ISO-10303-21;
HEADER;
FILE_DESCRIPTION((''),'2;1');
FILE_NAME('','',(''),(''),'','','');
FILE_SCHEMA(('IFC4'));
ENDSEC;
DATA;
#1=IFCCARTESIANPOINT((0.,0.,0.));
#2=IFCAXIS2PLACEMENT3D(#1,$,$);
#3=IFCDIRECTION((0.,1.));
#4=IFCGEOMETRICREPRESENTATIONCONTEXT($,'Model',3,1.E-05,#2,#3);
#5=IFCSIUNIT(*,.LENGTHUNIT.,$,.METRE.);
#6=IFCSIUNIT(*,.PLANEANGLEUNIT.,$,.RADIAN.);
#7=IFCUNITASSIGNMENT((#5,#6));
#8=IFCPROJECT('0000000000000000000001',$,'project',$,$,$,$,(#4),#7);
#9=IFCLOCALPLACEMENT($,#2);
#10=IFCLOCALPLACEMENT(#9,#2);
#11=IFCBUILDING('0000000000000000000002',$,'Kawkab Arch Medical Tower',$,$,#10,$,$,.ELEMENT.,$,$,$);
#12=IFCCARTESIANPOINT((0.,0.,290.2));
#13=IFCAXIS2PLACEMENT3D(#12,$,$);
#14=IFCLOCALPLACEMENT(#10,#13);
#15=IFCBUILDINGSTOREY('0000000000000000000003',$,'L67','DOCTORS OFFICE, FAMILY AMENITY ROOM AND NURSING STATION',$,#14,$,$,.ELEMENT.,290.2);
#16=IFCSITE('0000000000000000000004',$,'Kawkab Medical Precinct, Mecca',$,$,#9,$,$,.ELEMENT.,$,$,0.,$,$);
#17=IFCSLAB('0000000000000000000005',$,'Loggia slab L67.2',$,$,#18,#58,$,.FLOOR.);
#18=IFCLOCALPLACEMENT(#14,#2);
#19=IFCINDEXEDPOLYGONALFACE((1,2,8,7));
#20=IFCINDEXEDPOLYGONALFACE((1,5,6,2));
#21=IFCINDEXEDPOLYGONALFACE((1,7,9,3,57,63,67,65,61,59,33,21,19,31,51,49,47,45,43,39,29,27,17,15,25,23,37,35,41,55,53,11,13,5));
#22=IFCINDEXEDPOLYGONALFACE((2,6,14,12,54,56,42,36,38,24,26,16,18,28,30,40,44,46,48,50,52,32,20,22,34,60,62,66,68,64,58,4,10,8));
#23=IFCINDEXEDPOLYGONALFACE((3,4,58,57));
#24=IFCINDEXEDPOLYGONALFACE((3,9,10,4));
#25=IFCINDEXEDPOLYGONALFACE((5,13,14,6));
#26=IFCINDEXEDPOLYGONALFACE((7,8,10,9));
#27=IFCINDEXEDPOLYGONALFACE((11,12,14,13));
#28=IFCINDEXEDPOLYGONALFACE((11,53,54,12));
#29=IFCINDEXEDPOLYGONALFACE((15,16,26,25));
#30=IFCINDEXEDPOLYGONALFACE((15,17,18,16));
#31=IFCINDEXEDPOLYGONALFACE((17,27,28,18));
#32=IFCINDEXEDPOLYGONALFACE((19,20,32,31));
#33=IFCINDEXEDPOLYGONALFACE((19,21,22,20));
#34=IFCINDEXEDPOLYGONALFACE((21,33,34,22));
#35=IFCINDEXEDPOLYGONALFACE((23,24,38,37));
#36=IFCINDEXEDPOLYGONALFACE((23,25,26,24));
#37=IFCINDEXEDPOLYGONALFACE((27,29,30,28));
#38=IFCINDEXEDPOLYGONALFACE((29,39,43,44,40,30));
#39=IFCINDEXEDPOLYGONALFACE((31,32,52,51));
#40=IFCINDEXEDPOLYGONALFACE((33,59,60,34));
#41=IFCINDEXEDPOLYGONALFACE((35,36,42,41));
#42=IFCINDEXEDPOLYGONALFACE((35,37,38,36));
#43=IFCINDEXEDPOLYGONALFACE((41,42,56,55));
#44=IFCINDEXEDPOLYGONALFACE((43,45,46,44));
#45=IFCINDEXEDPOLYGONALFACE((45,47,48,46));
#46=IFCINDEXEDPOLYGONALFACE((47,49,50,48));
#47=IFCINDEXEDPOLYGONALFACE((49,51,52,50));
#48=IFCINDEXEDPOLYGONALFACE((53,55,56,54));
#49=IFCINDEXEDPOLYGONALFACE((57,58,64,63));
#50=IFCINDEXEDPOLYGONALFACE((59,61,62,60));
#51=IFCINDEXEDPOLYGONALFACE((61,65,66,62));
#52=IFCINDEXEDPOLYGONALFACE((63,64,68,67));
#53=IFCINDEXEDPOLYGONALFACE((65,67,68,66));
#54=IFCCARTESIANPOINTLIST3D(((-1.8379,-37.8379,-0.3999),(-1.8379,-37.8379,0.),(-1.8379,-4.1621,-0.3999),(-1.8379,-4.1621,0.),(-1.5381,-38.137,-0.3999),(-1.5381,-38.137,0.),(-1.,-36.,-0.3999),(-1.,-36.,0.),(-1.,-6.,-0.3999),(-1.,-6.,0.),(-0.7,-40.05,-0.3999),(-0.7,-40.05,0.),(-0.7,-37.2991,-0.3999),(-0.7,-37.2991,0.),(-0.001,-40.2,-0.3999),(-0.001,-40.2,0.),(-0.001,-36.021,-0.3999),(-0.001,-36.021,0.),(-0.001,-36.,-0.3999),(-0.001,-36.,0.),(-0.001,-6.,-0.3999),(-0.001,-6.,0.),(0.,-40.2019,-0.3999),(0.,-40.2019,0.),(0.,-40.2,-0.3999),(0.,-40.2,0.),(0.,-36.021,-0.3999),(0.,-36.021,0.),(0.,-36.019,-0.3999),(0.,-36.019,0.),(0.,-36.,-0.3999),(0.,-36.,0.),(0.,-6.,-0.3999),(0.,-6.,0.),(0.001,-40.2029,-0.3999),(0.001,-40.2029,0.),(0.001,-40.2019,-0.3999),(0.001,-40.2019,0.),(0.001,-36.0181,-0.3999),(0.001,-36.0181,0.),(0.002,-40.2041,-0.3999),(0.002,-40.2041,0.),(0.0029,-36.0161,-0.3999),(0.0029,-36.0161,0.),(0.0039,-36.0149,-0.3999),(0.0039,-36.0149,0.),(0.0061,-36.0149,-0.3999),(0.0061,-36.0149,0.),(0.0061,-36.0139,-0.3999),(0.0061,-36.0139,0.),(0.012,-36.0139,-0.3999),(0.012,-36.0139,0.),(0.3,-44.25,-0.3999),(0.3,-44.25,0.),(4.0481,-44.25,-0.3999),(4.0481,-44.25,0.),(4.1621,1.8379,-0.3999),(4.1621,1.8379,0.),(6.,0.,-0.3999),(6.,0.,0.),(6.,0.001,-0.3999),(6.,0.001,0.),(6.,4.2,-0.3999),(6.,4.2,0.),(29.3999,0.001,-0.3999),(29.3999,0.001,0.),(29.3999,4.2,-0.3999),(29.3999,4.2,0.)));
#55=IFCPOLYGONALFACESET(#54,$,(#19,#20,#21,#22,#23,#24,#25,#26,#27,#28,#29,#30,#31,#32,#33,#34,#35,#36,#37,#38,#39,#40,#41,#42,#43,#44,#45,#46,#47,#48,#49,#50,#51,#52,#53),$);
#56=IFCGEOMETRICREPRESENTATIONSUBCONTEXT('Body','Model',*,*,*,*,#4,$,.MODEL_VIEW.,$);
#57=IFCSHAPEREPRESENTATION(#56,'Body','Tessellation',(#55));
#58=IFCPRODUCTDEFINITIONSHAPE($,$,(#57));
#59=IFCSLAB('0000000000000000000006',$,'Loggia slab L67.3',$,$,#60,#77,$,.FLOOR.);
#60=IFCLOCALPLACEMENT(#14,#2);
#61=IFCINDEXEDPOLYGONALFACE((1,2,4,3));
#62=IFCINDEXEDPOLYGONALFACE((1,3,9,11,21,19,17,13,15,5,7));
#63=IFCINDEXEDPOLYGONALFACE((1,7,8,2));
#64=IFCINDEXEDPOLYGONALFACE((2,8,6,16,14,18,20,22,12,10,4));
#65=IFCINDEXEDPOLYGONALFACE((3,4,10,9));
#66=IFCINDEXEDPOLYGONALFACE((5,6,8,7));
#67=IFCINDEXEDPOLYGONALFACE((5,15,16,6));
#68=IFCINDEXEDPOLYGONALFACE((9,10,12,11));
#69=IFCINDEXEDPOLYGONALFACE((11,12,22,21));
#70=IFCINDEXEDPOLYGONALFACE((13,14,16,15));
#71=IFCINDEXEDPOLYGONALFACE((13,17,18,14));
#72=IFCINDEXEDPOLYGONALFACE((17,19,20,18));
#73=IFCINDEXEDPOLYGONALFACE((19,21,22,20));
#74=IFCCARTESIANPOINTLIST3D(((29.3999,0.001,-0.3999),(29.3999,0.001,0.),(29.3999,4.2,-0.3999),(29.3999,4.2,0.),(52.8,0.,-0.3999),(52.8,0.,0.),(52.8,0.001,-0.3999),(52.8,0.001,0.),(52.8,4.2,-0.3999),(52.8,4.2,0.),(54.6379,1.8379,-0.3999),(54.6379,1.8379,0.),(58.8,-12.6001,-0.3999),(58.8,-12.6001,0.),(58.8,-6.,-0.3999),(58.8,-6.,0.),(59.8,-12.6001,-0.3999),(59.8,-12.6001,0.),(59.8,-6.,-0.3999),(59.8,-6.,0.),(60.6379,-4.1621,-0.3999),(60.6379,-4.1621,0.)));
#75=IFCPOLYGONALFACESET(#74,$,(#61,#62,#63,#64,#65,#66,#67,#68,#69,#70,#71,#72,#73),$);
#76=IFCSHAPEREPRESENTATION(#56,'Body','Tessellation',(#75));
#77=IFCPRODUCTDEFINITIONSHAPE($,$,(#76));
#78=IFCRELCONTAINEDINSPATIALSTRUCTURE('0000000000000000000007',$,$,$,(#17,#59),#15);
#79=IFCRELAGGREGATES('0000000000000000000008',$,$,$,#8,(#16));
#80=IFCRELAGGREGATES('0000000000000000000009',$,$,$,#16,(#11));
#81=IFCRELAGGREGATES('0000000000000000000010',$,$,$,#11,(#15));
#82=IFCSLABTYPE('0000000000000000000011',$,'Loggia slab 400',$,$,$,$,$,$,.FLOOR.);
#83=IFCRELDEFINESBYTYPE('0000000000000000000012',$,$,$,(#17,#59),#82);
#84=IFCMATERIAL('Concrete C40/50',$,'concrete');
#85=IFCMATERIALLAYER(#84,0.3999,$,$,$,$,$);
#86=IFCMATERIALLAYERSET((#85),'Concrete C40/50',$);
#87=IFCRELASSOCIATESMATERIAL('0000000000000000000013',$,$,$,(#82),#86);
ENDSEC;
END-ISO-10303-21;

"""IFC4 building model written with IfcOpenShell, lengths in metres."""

from ifc_helpers import new_model, si_unit, direction, frame, origin, place, context, subcontext, project, spatial, polyline, outline, extrude, material, layer, layer_set, type_object, element, save


model = new_model("IFC4")

# Units and contexts
model_context = context("Model", 3, precision=1e-05, world=origin(), true_north=direction((0.0, 1.0)))
body_context = subcontext(model_context, "Body", "Model", "MODEL_VIEW")
ifc_project = project(units=[si_unit("LENGTHUNIT", "METRE"), si_unit("PLANEANGLEUNIT", "RADIAN")], contexts=[model_context])

# Site, building, storey
site_placement = place(None, origin())
site = spatial("IfcSite", under=ifc_project, at=site_placement, Name="Kawkab Medical Precinct, Mecca", CompositionType="ELEMENT", RefElevation=0.0)
building_placement = place(site_placement, origin())
building = spatial("IfcBuilding", under=site, at=building_placement, Name="Kawkab Arch Medical Tower", CompositionType="ELEMENT")
storey_placement = place(building_placement, frame((0.0, 0.0, 290.2)))
storey = spatial("IfcBuildingStorey", under=building, at=storey_placement, Name="L67", Description="DOCTORS OFFICE, FAMILY AMENITY ROOM AND NURSING STATION", CompositionType="ELEMENT", Elevation=290.2)

# Slabs
ifc_material_1 = material(Name="Concrete C40/50", Category="concrete")
ifc_layer_1 = layer(ifc_material_1, 0.3999)
ifc_layer_set_1 = layer_set([ifc_layer_1], Name="Concrete C40/50")
slab_type_1 = type_object("IfcSlabType", Name="Loggia slab 400", PredefinedType="FLOOR", material=ifc_layer_set_1)
placement_1 = place(storey_placement, frame((0.0, 0.0, -0.3999)))
element("IfcSlab", 1, at=placement_1, inside=storey, type_object=slab_type_1, Name="Loggia slab L67.2", PredefinedType="FLOOR", context=body_context, shape_type="SweptSolid", body=[
    extrude(outline(polyline([(4.1621, 1.8379), (6.0, 4.2), (29.3999, 4.2), (29.3999, 0.001), (6.0, 0.001), (6.0, 0.0), (0.0, -6.0), (-0.001, -6.0), (-0.001, -36.0), (0.0, -36.0), (0.012, -36.0139), (0.0061, -36.0139), (0.0061, -36.0149), (0.0039, -36.0149), (0.0029, -36.0161), (0.001, -36.0181), (0.0, -36.019), (0.0, -36.021), (-0.001, -36.021), (-0.001, -40.2), (0.0, -40.2), (0.0, -40.2019), (0.001, -40.2019), (0.001, -40.2029), (0.002, -40.2041), (4.0481, -44.25), (0.3, -44.25), (-0.7, -40.05), (-0.7, -37.2991), (-1.5381, -38.137), (-1.8379, -37.8379), (-1.0, -36.0), (-1.0, -6.0), (-1.8379, -4.1621), (4.1621, 1.8379)])), origin(), (0.0, 0.0, 1.0), 0.3999),
])
element("IfcSlab", 2, at=placement_1, inside=storey, type_object=slab_type_1, Name="Loggia slab L67.3", PredefinedType="FLOOR", context=body_context, shape_type="SweptSolid", body=[
    extrude(outline(polyline([(54.6379, 1.8379), (60.6379, -4.1621), (59.8, -6.0), (59.8, -12.6001), (58.8, -12.6001), (58.8, -6.0), (52.8, 0.0), (52.8, 0.001), (29.3999, 0.001), (29.3999, 4.2), (52.8, 4.2), (54.6379, 1.8379)])), origin(), (0.0, 0.0, 1.0), 0.3999),
])

save(model, "model.ifc")
